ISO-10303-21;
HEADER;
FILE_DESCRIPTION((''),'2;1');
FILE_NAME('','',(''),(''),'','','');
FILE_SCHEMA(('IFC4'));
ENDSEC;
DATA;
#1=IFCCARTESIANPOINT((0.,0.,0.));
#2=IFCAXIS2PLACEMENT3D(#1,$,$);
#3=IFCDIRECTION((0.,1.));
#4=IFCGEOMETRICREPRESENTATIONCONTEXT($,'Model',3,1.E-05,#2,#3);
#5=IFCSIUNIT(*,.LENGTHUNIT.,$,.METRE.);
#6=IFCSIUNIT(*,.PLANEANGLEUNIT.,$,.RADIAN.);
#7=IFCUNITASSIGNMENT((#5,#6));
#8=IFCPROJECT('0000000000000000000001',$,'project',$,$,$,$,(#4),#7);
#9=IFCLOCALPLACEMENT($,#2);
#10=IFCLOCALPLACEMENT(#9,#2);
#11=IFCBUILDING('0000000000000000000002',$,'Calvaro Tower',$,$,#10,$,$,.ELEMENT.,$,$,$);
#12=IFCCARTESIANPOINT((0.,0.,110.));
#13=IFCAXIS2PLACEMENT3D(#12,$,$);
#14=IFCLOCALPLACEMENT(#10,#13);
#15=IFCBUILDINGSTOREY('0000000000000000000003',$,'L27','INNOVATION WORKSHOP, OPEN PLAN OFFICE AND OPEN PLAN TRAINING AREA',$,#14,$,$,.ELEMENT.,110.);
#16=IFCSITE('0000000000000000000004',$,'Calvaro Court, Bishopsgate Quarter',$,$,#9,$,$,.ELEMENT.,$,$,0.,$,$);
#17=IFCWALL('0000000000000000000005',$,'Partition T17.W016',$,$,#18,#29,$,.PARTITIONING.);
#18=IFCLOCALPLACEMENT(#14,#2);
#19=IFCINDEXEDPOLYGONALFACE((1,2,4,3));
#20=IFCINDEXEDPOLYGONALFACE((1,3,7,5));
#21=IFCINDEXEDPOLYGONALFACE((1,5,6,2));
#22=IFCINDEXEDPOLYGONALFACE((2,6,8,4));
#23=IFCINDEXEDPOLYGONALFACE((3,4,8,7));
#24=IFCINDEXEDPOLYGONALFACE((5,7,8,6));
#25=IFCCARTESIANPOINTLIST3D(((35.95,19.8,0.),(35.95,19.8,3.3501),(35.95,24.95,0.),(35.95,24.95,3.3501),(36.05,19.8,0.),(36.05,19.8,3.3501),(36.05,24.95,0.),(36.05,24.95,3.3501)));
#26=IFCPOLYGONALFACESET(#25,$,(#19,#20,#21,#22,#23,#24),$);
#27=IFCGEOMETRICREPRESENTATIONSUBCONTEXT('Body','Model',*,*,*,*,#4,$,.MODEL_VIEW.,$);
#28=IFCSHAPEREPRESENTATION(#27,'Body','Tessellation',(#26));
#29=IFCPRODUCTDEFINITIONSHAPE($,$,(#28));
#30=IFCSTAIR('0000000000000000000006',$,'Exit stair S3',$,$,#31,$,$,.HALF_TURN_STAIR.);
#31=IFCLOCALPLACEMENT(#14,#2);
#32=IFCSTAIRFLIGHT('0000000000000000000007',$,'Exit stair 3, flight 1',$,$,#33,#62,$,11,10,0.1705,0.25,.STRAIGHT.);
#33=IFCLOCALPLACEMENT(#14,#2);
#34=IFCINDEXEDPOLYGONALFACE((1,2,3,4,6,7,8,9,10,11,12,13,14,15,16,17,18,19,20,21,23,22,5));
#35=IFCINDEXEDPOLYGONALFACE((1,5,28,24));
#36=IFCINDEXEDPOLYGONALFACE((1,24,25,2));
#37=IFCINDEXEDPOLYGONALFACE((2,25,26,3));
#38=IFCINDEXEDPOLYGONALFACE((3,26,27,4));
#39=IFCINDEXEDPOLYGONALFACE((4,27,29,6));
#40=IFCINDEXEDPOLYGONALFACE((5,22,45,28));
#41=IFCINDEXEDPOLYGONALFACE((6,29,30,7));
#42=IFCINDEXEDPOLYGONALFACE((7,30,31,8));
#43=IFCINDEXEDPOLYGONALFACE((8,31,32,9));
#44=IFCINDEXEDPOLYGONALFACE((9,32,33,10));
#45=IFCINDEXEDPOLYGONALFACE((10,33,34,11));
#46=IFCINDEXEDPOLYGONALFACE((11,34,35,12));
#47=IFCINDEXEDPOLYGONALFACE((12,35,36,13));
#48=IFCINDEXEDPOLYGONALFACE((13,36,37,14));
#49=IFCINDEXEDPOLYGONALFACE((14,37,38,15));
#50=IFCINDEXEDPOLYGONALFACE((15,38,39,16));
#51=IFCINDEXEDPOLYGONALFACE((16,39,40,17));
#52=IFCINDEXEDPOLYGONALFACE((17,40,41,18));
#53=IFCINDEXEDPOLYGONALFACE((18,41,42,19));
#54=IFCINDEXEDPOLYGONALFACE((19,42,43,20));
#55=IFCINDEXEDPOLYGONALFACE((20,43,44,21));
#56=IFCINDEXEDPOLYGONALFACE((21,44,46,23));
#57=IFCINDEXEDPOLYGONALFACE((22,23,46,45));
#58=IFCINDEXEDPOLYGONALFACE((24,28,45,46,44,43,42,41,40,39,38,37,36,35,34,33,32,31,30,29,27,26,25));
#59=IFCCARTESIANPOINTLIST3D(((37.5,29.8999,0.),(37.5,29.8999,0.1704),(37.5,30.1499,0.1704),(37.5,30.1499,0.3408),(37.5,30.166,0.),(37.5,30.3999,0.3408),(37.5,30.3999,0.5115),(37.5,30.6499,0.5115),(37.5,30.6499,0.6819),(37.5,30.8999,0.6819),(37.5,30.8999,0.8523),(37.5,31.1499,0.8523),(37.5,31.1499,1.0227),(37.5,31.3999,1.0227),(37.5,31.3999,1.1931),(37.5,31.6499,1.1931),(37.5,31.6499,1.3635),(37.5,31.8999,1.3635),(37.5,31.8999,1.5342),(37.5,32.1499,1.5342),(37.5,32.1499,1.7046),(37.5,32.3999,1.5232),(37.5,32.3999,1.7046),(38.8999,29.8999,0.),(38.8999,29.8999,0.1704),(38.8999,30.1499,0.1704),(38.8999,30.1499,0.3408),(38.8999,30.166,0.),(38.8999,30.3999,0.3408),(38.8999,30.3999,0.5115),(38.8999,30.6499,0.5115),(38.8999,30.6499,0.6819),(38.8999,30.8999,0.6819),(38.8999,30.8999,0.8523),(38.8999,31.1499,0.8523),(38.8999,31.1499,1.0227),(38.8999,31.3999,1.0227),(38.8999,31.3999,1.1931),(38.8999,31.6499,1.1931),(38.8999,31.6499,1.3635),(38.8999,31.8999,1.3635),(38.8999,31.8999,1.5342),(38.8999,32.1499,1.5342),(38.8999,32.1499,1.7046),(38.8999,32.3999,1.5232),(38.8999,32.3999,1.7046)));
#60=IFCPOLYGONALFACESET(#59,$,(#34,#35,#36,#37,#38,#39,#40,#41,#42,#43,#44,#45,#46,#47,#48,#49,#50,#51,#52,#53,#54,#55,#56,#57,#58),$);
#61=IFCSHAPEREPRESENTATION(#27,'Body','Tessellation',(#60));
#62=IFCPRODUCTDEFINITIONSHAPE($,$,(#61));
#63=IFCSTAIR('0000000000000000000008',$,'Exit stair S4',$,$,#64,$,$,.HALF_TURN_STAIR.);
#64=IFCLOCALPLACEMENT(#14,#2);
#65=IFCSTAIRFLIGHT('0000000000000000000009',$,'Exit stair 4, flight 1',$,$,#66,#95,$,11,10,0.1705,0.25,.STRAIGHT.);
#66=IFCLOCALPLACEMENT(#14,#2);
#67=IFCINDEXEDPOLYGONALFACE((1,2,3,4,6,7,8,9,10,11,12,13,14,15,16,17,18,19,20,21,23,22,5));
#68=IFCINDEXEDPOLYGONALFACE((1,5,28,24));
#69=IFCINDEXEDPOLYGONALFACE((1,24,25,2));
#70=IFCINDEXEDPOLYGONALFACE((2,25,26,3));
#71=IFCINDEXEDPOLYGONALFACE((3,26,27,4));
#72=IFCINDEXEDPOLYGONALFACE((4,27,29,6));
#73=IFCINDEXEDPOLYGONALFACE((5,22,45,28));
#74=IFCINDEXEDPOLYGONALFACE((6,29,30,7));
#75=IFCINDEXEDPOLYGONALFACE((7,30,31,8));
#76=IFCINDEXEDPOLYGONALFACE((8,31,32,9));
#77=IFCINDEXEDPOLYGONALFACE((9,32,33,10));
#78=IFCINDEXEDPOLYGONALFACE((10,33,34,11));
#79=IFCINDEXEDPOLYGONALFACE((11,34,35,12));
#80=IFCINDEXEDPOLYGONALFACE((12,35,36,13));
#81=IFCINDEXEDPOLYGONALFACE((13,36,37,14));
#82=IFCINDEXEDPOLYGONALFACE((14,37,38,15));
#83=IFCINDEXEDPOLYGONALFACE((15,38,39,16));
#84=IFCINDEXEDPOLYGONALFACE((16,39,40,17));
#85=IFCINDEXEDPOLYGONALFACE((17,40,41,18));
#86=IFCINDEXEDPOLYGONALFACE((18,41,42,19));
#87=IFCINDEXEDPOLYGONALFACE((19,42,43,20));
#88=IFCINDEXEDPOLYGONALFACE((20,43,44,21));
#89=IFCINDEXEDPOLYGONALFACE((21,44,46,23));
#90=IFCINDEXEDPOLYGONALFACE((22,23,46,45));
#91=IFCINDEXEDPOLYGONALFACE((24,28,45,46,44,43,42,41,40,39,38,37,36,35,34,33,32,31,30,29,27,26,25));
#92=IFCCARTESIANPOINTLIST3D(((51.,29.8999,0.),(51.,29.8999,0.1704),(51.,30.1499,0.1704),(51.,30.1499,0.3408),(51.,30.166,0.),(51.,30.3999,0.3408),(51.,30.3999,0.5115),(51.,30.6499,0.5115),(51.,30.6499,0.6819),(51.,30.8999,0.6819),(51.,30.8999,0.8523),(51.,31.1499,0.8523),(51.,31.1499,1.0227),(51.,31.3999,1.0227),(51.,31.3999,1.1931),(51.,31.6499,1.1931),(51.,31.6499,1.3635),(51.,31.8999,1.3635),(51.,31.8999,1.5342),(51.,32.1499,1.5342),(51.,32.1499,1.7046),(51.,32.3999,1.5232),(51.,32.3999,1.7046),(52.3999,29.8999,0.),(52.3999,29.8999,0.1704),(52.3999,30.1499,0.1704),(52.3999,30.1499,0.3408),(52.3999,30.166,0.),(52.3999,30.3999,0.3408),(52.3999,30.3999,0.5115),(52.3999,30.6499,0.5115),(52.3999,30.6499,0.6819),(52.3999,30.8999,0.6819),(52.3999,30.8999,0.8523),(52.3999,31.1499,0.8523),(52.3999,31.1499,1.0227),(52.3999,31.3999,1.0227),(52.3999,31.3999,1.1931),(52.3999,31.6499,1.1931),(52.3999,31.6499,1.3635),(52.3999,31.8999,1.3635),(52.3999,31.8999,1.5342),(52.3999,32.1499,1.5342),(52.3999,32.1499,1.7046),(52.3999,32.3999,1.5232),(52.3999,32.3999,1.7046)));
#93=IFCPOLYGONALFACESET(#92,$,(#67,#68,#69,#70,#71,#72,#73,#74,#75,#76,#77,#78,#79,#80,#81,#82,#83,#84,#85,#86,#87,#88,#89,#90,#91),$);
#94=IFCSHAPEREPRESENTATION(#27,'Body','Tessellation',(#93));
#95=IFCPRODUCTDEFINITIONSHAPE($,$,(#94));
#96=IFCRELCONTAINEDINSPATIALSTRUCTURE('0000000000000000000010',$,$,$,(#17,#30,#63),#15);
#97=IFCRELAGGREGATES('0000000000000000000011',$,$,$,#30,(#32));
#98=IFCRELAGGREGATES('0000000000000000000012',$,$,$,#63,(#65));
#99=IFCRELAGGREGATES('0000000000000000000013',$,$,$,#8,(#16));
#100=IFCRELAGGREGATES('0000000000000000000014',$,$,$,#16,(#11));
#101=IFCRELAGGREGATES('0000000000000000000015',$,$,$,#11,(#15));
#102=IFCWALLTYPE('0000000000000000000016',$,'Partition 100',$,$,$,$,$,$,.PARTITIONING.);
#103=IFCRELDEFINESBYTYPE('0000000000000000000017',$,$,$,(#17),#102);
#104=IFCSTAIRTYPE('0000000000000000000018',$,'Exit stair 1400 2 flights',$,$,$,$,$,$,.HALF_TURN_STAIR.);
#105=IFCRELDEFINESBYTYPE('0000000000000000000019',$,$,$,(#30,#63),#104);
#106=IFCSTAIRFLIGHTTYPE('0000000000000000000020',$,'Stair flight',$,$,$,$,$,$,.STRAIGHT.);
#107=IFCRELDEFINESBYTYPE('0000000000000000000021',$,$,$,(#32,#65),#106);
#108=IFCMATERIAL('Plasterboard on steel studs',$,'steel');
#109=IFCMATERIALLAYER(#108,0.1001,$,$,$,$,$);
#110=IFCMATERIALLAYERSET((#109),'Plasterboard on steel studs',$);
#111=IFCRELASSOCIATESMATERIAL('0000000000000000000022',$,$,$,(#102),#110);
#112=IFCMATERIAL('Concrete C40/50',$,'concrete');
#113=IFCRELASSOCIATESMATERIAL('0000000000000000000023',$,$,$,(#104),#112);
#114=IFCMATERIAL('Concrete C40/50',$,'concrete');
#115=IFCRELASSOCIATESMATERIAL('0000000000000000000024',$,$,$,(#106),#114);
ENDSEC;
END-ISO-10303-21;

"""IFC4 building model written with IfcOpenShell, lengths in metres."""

from ifc_helpers import new_model, si_unit, direction, frame, frame_2d, origin, place, context, subcontext, project, spatial, polyline, rectangle, outline, extrude, material, layer, layer_set, type_object, element, aggregate, save


model = new_model("IFC4")

# Units and contexts
model_context = context("Model", 3, precision=1e-05, world=origin(), true_north=direction((0.0, 1.0)))
body_context = subcontext(model_context, "Body", "Model", "MODEL_VIEW")
ifc_project = project(units=[si_unit("LENGTHUNIT", "METRE"), si_unit("PLANEANGLEUNIT", "RADIAN")], contexts=[model_context])

# Site, building, storey
site_placement = place(None, origin())
site = spatial("IfcSite", under=ifc_project, at=site_placement, Name="Calvaro Court, Bishopsgate Quarter", CompositionType="ELEMENT", RefElevation=0.0)
building_placement = place(site_placement, origin())
building = spatial("IfcBuilding", under=site, at=building_placement, Name="Calvaro Tower", CompositionType="ELEMENT")
storey_placement = place(building_placement, frame((0.0, 0.0, 110.0)))
storey = spatial("IfcBuildingStorey", under=building, at=storey_placement, Name="L27", Description="INNOVATION WORKSHOP, OPEN PLAN OFFICE AND OPEN PLAN TRAINING AREA", CompositionType="ELEMENT", Elevation=110.0)

# Shared definitions
ifc_material_1 = material(Name="Plasterboard on steel studs", Category="steel")
ifc_layer_1 = layer(ifc_material_1, 0.1001)
ifc_layer_set_1 = layer_set([ifc_layer_1], Name="Plasterboard on steel studs")
wall_type_1 = type_object("IfcWallType", Name="Partition 100", PredefinedType="PARTITIONING", material=ifc_layer_set_1)

# Wall
wall_1_placement = place(storey_placement, frame((36.0, 19.8, 0.0), z_axis=(0.0, 0.0, 1.0), x_axis=(0.0, 1.0, 0.0)))
element("IfcWall", 1, at=wall_1_placement, inside=storey, type_object=wall_type_1, Name="Partition T17.W016", PredefinedType="PARTITIONING", context=body_context, shape_type="SweptSolid", body=[
    extrude(rectangle(XDim=5.1499, YDim=0.1001, at=frame_2d((2.575, 0.0))), origin(), (0.0, 0.0, 1.0), 3.3501),
])

# Stairs, stair flights
ifc_material_2 = material(Name="Concrete C40/50", Category="concrete")
stair_type = type_object("IfcStairType", Name="Exit stair 1400 2 flights", PredefinedType="HALF_TURN_STAIR", material=ifc_material_2)
stair_1_placement = place(storey_placement, origin())
stair_1 = element("IfcStair", 2, at=stair_1_placement, inside=storey, type_object=stair_type, Name="Exit stair S3", PredefinedType="HALF_TURN_STAIR")
ifc_material_3 = material(Name="Concrete C40/50", Category="concrete")
stair_flight_type = type_object("IfcStairFlightType", Name="Stair flight", PredefinedType="STRAIGHT", material=ifc_material_3)
stair_flight_1_placement = place(storey_placement, frame((38.2, 29.8999, 0.0), z_axis=(0.0, 0.0, 1.0), x_axis=(0.0, 1.0, 0.0)))
stair_flight_1 = element("IfcStairFlight", 3, at=stair_flight_1_placement, type_object=stair_flight_type, Name="Exit stair 3, flight 1", NumberOfRisers=11, NumberOfTreads=10, PredefinedType="STRAIGHT", RiserHeight=0.1705, TreadLength=0.25, context=body_context, shape_type="SweptSolid", body=[
    extrude(outline(polyline([(0.0, 0.0), (0.0, 0.1704), (0.25, 0.1704), (0.25, 0.3408), (0.5, 0.3408), (0.5, 0.5115), (0.75, 0.5115), (0.75, 0.6819), (1.0, 0.6819), (1.0, 0.8523), (1.25, 0.8523), (1.25, 1.0227), (1.5, 1.0227), (1.5, 1.1931), (1.75, 1.1931), (1.75, 1.3635), (2.0, 1.3635), (2.0, 1.5342), (2.25, 1.5342), (2.25, 1.7046), (2.5, 1.7046), (2.5, 1.875), (2.5, 1.5232), (0.2661, 0.0), (0.0, 0.0)])), frame((0.0, 0.7, 0.0), z_axis=(0.0, -1.0, 0.0), x_axis=(1.0, 0.0, 0.0)), (0.0, 0.0, 1.0), 1.3999),
])
stair_2_placement = place(storey_placement, origin())
stair_2 = element("IfcStair", 4, at=stair_2_placement, inside=storey, type_object=stair_type, Name="Exit stair S4", PredefinedType="HALF_TURN_STAIR")
stair_flight_2_placement = place(storey_placement, frame((51.7, 29.8999, 0.0), z_axis=(0.0, 0.0, 1.0), x_axis=(0.0, 1.0, 0.0)))
stair_flight_2 = element("IfcStairFlight", 5, at=stair_flight_2_placement, type_object=stair_flight_type, Name="Exit stair 4, flight 1", NumberOfRisers=11, NumberOfTreads=10, PredefinedType="STRAIGHT", RiserHeight=0.1705, TreadLength=0.25, context=body_context, shape_type="SweptSolid", body=[
    extrude(outline(polyline([(0.0, 0.0), (0.0, 0.1704), (0.25, 0.1704), (0.25, 0.3408), (0.5, 0.3408), (0.5, 0.5115), (0.75, 0.5115), (0.75, 0.6819), (1.0, 0.6819), (1.0, 0.8523), (1.25, 0.8523), (1.25, 1.0227), (1.5, 1.0227), (1.5, 1.1931), (1.75, 1.1931), (1.75, 1.3635), (2.0, 1.3635), (2.0, 1.5342), (2.25, 1.5342), (2.25, 1.7046), (2.5, 1.7046), (2.5, 1.875), (2.5, 1.5232), (0.2661, 0.0), (0.0, 0.0)])), frame((0.0, 0.7, 0.0), z_axis=(0.0, -1.0, 0.0), x_axis=(1.0, 0.0, 0.0)), (0.0, 0.0, 1.0), 1.3999),
])

aggregate(stair_1, [stair_flight_1])
aggregate(stair_2, [stair_flight_2])

save(model, "model.ifc")
